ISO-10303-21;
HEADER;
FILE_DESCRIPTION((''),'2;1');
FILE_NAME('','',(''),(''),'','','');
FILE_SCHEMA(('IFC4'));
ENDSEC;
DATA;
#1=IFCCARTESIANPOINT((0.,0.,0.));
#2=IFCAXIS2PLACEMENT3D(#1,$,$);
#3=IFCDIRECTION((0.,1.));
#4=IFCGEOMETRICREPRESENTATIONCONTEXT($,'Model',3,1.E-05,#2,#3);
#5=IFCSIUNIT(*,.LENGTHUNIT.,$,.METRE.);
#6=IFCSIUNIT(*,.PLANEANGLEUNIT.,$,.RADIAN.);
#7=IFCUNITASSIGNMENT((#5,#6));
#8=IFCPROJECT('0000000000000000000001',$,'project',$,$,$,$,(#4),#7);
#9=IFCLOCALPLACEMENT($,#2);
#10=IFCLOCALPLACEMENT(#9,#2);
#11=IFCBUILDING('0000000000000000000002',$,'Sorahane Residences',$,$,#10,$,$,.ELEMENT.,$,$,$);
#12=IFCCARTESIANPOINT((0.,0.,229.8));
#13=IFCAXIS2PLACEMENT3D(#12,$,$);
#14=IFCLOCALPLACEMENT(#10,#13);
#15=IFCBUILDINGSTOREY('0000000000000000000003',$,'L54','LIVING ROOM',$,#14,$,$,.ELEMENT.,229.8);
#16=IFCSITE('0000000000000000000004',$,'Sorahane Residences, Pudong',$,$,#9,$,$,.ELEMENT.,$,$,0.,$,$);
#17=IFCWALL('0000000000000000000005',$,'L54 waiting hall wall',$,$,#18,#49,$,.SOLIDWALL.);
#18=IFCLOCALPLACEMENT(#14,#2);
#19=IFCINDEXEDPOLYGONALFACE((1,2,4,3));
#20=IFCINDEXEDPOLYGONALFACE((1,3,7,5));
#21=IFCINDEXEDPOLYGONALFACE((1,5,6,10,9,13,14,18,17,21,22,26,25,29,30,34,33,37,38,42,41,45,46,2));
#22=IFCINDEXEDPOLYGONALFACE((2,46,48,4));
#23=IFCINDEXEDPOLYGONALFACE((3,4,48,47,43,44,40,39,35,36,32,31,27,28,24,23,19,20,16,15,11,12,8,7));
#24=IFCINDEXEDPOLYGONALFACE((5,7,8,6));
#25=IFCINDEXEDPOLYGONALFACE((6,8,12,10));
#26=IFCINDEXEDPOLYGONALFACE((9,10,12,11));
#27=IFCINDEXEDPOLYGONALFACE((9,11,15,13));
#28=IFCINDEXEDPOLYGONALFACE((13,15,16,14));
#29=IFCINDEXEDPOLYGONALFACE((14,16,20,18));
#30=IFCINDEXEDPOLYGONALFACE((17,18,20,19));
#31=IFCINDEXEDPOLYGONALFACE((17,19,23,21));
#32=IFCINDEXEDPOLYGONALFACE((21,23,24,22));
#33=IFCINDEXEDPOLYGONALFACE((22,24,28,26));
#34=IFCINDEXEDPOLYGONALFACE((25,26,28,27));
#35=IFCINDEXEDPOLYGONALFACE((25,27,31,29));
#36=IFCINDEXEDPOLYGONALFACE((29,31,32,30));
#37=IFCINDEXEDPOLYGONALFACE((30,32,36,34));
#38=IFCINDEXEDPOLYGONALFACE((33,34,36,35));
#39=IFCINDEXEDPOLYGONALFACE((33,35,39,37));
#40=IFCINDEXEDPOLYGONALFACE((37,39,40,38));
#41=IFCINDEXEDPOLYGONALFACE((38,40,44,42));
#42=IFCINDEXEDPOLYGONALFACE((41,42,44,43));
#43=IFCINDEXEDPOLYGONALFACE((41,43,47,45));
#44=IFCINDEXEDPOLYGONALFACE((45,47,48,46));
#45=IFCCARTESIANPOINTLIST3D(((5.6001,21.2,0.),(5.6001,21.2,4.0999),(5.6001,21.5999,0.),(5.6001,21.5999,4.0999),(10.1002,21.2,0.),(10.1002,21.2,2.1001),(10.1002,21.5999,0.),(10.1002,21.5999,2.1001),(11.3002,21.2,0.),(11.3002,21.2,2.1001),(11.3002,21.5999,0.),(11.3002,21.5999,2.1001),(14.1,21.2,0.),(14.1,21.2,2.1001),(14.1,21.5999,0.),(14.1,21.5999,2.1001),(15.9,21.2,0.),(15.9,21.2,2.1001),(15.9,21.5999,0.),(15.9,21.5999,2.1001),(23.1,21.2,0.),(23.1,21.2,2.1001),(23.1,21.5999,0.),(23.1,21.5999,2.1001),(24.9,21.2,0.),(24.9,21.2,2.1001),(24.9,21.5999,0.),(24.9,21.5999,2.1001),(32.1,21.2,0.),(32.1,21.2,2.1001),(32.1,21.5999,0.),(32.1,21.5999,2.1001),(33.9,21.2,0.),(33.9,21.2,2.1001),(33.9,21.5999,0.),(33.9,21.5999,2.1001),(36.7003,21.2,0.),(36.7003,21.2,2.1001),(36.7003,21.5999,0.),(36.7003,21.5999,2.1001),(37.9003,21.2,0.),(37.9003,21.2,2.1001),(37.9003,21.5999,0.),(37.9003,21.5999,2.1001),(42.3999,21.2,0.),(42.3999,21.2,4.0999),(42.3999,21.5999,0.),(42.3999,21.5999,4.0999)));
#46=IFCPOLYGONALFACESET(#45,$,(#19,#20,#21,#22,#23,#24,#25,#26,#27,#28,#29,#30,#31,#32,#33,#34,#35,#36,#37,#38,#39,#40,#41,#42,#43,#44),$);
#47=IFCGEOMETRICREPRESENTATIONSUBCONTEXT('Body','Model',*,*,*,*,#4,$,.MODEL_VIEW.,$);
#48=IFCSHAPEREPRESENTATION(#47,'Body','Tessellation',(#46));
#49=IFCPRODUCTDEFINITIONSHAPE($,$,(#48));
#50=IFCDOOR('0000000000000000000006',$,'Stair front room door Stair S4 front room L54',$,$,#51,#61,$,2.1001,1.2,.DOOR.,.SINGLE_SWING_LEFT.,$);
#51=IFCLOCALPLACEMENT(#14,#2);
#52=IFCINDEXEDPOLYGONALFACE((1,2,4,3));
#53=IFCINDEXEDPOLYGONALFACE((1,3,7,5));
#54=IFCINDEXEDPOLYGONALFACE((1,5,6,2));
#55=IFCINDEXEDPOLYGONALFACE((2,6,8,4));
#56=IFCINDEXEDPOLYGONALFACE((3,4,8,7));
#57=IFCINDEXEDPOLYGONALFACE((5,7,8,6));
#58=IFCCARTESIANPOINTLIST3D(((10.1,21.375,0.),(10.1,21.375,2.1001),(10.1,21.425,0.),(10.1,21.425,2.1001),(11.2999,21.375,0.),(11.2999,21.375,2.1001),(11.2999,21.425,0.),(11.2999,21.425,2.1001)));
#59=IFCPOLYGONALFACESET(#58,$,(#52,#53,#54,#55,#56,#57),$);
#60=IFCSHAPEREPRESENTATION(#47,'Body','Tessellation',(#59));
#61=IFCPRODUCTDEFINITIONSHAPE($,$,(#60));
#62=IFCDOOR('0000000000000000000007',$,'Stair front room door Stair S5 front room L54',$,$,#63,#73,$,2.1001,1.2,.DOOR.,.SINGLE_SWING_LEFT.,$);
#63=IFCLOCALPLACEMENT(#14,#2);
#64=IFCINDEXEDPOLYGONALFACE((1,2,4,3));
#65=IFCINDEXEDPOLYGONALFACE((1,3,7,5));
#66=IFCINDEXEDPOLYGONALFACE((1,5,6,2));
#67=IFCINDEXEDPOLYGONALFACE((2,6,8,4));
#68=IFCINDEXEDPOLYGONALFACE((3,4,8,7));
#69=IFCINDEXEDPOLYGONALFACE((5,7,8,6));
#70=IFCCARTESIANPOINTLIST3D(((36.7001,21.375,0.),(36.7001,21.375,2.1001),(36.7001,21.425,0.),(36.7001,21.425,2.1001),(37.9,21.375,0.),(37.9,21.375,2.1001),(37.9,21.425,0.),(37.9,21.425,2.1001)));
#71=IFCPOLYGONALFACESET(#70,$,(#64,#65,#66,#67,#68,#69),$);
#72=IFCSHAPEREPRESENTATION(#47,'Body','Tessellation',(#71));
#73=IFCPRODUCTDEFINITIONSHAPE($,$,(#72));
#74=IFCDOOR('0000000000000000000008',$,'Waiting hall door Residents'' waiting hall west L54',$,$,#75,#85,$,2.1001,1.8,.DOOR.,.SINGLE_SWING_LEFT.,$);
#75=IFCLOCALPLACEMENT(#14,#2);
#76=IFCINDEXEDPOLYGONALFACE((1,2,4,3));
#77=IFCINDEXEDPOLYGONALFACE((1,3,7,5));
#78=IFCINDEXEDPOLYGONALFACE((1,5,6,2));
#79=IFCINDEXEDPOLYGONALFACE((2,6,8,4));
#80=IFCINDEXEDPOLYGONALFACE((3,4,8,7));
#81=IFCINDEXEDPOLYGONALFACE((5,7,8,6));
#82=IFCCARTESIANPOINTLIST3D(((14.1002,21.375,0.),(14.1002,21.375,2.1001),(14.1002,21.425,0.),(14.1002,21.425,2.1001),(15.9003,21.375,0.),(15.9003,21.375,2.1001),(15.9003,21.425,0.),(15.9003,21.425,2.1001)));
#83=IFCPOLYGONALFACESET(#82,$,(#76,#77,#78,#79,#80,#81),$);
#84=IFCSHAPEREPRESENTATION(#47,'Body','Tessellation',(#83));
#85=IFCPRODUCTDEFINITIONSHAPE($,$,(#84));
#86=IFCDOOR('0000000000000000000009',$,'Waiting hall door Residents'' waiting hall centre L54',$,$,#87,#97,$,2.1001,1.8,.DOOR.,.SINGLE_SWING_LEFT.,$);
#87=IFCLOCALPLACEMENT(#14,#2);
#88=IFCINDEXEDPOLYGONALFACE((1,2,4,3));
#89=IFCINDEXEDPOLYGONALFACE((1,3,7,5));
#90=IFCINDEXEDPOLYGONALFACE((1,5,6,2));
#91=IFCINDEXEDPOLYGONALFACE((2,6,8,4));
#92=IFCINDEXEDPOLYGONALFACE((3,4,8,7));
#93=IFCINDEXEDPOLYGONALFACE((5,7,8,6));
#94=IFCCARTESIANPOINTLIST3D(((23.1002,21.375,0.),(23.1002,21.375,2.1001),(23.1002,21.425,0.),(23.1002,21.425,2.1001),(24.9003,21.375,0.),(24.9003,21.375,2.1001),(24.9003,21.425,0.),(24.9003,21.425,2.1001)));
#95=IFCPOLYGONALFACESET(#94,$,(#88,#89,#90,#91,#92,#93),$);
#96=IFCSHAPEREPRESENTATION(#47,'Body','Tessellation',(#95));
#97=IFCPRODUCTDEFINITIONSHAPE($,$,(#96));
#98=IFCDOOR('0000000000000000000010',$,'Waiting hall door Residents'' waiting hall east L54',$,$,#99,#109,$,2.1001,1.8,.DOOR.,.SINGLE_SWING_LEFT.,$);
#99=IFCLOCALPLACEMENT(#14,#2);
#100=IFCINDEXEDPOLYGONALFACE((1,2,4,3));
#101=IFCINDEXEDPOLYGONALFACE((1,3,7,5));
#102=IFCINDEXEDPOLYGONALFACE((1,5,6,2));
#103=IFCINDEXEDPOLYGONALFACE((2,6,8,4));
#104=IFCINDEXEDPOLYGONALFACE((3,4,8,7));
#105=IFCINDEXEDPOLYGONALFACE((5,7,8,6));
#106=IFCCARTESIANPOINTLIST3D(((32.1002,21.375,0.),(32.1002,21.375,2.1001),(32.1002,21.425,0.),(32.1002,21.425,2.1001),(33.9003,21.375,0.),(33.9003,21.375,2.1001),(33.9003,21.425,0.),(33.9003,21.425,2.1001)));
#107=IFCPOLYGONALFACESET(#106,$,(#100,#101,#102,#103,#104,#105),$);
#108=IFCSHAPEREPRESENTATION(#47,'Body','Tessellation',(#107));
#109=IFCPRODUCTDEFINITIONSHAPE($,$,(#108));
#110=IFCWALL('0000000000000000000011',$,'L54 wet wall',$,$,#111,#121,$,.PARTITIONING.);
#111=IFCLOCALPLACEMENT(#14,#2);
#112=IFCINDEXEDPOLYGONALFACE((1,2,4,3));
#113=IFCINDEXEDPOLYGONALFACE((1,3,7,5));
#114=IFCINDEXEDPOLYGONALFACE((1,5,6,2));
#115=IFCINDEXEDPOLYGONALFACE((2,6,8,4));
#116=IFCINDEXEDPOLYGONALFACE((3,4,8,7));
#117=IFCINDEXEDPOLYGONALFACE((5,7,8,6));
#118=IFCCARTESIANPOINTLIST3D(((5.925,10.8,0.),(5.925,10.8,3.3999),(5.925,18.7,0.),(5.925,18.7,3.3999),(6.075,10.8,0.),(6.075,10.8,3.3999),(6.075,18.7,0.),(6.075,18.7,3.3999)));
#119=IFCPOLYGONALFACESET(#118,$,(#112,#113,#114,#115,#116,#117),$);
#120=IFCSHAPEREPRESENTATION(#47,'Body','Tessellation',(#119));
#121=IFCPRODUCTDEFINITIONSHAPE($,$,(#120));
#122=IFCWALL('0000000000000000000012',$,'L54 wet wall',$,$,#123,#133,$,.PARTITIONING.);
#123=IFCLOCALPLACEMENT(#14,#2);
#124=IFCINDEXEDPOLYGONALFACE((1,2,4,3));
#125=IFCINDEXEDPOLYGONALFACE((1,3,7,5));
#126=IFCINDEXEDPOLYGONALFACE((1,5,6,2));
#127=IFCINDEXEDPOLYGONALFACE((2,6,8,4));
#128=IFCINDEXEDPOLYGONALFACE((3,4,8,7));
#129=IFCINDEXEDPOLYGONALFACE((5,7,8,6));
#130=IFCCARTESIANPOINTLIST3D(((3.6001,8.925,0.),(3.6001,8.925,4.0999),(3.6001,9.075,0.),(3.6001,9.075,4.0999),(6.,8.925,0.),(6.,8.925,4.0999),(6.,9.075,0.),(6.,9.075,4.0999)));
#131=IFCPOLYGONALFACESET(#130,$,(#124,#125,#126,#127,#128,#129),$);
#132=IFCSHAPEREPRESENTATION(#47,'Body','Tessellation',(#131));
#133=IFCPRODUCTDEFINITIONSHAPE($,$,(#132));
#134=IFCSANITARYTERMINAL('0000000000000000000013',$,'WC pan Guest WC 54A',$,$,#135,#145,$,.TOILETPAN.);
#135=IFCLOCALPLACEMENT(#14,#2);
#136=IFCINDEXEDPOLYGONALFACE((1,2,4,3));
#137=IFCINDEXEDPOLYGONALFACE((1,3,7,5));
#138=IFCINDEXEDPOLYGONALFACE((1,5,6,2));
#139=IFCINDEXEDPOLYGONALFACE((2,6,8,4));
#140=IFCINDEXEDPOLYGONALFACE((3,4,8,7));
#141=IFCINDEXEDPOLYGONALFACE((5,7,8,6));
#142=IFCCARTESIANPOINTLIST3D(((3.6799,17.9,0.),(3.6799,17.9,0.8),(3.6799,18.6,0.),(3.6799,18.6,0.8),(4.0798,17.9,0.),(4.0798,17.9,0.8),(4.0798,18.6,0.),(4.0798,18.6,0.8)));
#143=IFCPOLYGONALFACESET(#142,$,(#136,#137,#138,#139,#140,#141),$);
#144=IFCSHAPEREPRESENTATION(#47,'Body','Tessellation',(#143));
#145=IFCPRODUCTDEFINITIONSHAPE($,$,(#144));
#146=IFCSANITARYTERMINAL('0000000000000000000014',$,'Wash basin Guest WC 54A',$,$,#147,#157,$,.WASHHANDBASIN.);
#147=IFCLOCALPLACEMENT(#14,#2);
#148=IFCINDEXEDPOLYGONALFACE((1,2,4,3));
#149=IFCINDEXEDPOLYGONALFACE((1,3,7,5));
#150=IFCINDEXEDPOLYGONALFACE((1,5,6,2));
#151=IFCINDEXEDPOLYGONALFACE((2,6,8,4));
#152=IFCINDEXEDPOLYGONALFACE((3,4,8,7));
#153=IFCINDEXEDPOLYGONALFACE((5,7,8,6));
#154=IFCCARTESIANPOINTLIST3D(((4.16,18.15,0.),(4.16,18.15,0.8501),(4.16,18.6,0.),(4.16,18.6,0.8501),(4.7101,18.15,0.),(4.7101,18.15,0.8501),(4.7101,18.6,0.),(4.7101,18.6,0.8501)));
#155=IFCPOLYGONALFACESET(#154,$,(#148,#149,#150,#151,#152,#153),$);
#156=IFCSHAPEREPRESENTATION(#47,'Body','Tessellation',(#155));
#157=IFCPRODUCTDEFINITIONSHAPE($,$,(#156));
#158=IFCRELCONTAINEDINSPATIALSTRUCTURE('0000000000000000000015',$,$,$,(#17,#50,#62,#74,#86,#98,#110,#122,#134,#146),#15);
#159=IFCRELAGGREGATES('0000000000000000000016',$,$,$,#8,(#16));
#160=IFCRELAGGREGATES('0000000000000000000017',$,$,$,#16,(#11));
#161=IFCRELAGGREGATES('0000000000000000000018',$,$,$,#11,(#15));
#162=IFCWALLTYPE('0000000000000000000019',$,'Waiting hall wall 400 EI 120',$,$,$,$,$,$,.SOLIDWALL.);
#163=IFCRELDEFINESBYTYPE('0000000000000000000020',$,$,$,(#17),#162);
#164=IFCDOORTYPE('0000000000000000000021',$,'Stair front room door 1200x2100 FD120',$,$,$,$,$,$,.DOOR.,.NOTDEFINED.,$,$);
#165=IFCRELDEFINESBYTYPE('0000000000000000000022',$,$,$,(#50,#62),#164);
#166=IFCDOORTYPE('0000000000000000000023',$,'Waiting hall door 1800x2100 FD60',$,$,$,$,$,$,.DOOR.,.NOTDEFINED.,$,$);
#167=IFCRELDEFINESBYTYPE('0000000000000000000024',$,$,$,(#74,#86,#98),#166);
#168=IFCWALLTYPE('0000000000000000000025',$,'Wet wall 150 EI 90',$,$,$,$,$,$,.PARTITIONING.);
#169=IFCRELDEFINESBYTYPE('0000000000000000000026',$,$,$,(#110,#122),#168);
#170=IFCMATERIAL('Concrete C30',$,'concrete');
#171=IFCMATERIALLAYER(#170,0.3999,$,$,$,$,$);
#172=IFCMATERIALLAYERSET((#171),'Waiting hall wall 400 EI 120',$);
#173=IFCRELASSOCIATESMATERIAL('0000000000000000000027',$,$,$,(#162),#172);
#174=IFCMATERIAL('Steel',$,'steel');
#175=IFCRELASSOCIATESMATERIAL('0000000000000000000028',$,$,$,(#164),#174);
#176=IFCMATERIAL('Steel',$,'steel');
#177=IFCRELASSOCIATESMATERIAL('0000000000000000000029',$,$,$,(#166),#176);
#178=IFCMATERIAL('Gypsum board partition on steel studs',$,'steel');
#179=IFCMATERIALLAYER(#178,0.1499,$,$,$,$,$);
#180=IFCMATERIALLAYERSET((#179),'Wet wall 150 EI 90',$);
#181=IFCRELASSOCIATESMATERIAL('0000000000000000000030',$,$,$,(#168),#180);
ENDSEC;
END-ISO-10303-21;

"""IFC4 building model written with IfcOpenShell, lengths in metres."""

from ifc_helpers import new_model, si_unit, direction, frame, frame_2d, origin, origin_2d, place, context, subcontext, project, spatial, rectangle, extrude, material, layer, layer_set, type_object, element, fill, save


model = new_model("IFC4")

# Units and contexts
model_context = context("Model", 3, precision=1e-05, world=origin(), true_north=direction((0.0, 1.0)))
body_context = subcontext(model_context, "Body", "Model", "MODEL_VIEW")
ifc_project = project(units=[si_unit("LENGTHUNIT", "METRE"), si_unit("PLANEANGLEUNIT", "RADIAN")], contexts=[model_context])

# Site, building, storey
site_placement = place(None, origin())
site = spatial("IfcSite", under=ifc_project, at=site_placement, Name="Sorahane Residences, Pudong", CompositionType="ELEMENT", RefElevation=0.0)
building_placement = place(site_placement, origin())
building = spatial("IfcBuilding", under=site, at=building_placement, Name="Sorahane Residences", CompositionType="ELEMENT")
storey_placement = place(building_placement, frame((0.0, 0.0, 229.8)))
storey = spatial("IfcBuildingStorey", under=building, at=storey_placement, Name="L54", Description="LIVING ROOM", CompositionType="ELEMENT", Elevation=229.8)

# Wall, openings, doors
ifc_material_1 = material(Name="Concrete C30", Category="concrete")
ifc_layer_1 = layer(ifc_material_1, 0.3999)
ifc_layer_set_1 = layer_set([ifc_layer_1], Name="Waiting hall wall 400 EI 120")
wall_type_1 = type_object("IfcWallType", Name="Waiting hall wall 400 EI 120", PredefinedType="SOLIDWALL", material=ifc_layer_set_1)
wall_1_placement = place(storey_placement, frame((5.6001, 21.3999, 0.0), z_axis=(0.0, 0.0, 1.0), x_axis=(1.0, 0.0, 0.0)))
wall_1 = element("IfcWall", 1, at=wall_1_placement, inside=storey, type_object=wall_type_1, Name="L54 waiting hall wall", PredefinedType="SOLIDWALL", context=body_context, shape_type="SweptSolid", body=[
    extrude(rectangle(XDim=36.7998, YDim=0.3999, at=frame_2d((18.3999, 0.0))), origin(), (0.0, 0.0, 1.0), 4.0999),
])
opening_1_placement = place(wall_1_placement, frame((8.5, 0.0, 0.0)))
opening_1 = element("IfcOpeningElement", 2, at=opening_1_placement, cuts=wall_1, PredefinedType="OPENING", context=body_context, shape_type="SweptSolid", body=[
    extrude(rectangle(XDim=1.8, YDim=2.1001, at=frame_2d((0.8999, 1.05))), frame((0.0, 0.21, 0.0), z_axis=(0.0, -1.0, 0.0), x_axis=(1.0, 0.0, 0.0)), (0.0, 0.0, 1.0), 0.4199),
])
opening_2_placement = place(wall_1_placement, frame((17.5, 0.0, 0.0)))
opening_2 = element("IfcOpeningElement", 3, at=opening_2_placement, cuts=wall_1, PredefinedType="OPENING", context=body_context, shape_type="SweptSolid", body=[
    extrude(rectangle(XDim=1.8, YDim=2.1001, at=frame_2d((0.8999, 1.05))), frame((0.0, 0.21, 0.0), z_axis=(0.0, -1.0, 0.0), x_axis=(1.0, 0.0, 0.0)), (0.0, 0.0, 1.0), 0.4199),
])
opening_3_placement = place(wall_1_placement, frame((26.5, 0.0, 0.0)))
opening_3 = element("IfcOpeningElement", 4, at=opening_3_placement, cuts=wall_1, PredefinedType="OPENING", context=body_context, shape_type="SweptSolid", body=[
    extrude(rectangle(XDim=1.8, YDim=2.1001, at=frame_2d((0.8999, 1.05))), frame((0.0, 0.21, 0.0), z_axis=(0.0, -1.0, 0.0), x_axis=(1.0, 0.0, 0.0)), (0.0, 0.0, 1.0), 0.4199),
])
opening_4_placement = place(wall_1_placement, frame((4.5, 0.0, 0.0)))
opening_4 = element("IfcOpeningElement", 5, at=opening_4_placement, cuts=wall_1, PredefinedType="OPENING", context=body_context, shape_type="SweptSolid", body=[
    extrude(rectangle(XDim=1.2, YDim=2.1001, at=frame_2d((0.6001, 1.05))), frame((0.0, 0.21, 0.0), z_axis=(0.0, -1.0, 0.0), x_axis=(1.0, 0.0, 0.0)), (0.0, 0.0, 1.0), 0.4199),
])
opening_5_placement = place(wall_1_placement, frame((31.1001, 0.0, 0.0)))
opening_5 = element("IfcOpeningElement", 6, at=opening_5_placement, cuts=wall_1, PredefinedType="OPENING", context=body_context, shape_type="SweptSolid", body=[
    extrude(rectangle(XDim=1.2, YDim=2.1001, at=frame_2d((0.6001, 1.05))), frame((0.0, 0.21, 0.0), z_axis=(0.0, -1.0, 0.0), x_axis=(1.0, 0.0, 0.0)), (0.0, 0.0, 1.0), 0.4199),
])
ifc_material_2 = material(Name="Steel", Category="steel")
door_type_1 = type_object("IfcDoorType", Name="Stair front room door 1200x2100 FD120", OperationType="NOTDEFINED", PredefinedType="DOOR", material=ifc_material_2)
door_1_placement = place(opening_4_placement, frame((1.2, 0.0, 0.0), z_axis=(0.0, 0.0, 1.0), x_axis=(-1.0, 0.0, 0.0)))
door_1 = element("IfcDoor", 7, at=door_1_placement, inside=storey, type_object=door_type_1, Name="Stair front room door Stair S4 front room L54", OperationType="SINGLE_SWING_LEFT", OverallHeight=2.1001, OverallWidth=1.2, PredefinedType="DOOR", context=body_context, shape_type="SweptSolid", body=[
    extrude(rectangle(XDim=1.2, YDim=2.1001, at=frame_2d((0.6001, 1.05))), frame((0.0, 0.0249, 0.0), z_axis=(0.0, -1.0, 0.0), x_axis=(1.0, 0.0, 0.0)), (0.0, 0.0, 1.0), 0.05),
])
fill(opening_4, door_1)
door_2_placement = place(opening_5_placement, frame((1.2, 0.0, 0.0), z_axis=(0.0, 0.0, 1.0), x_axis=(-1.0, 0.0, 0.0)))
door_2 = element("IfcDoor", 8, at=door_2_placement, inside=storey, type_object=door_type_1, Name="Stair front room door Stair S5 front room L54", OperationType="SINGLE_SWING_LEFT", OverallHeight=2.1001, OverallWidth=1.2, PredefinedType="DOOR", context=body_context, shape_type="SweptSolid", body=[
    extrude(rectangle(XDim=1.2, YDim=2.1001, at=frame_2d((0.6001, 1.05))), frame((0.0, 0.0249, 0.0), z_axis=(0.0, -1.0, 0.0), x_axis=(1.0, 0.0, 0.0)), (0.0, 0.0, 1.0), 0.05),
])
fill(opening_5, door_2)
ifc_material_3 = material(Name="Steel", Category="steel")
door_type_2 = type_object("IfcDoorType", Name="Waiting hall door 1800x2100 FD60", OperationType="NOTDEFINED", PredefinedType="DOOR", material=ifc_material_3)
door_3_placement = place(opening_1_placement, frame((1.8, 0.0, 0.0), z_axis=(0.0, 0.0, 1.0), x_axis=(-1.0, 0.0, 0.0)))
door_3 = element("IfcDoor", 9, at=door_3_placement, inside=storey, type_object=door_type_2, Name="Waiting hall door Residents' waiting hall west L54", OperationType="SINGLE_SWING_LEFT", OverallHeight=2.1001, OverallWidth=1.8, PredefinedType="DOOR", context=body_context, shape_type="SweptSolid", body=[
    extrude(rectangle(XDim=1.8, YDim=2.1001, at=frame_2d((0.8999, 1.05))), frame((0.0, 0.0249, 0.0), z_axis=(0.0, -1.0, 0.0), x_axis=(1.0, 0.0, 0.0)), (0.0, 0.0, 1.0), 0.05),
])
fill(opening_1, door_3)
door_4_placement = place(opening_2_placement, frame((1.8, 0.0, 0.0), z_axis=(0.0, 0.0, 1.0), x_axis=(-1.0, 0.0, 0.0)))
door_4 = element("IfcDoor", 10, at=door_4_placement, inside=storey, type_object=door_type_2, Name="Waiting hall door Residents' waiting hall centre L54", OperationType="SINGLE_SWING_LEFT", OverallHeight=2.1001, OverallWidth=1.8, PredefinedType="DOOR", context=body_context, shape_type="SweptSolid", body=[
    extrude(rectangle(XDim=1.8, YDim=2.1001, at=frame_2d((0.8999, 1.05))), frame((0.0, 0.0249, 0.0), z_axis=(0.0, -1.0, 0.0), x_axis=(1.0, 0.0, 0.0)), (0.0, 0.0, 1.0), 0.05),
])
fill(opening_2, door_4)
door_5_placement = place(opening_3_placement, frame((1.8, 0.0, 0.0), z_axis=(0.0, 0.0, 1.0), x_axis=(-1.0, 0.0, 0.0)))
door_5 = element("IfcDoor", 11, at=door_5_placement, inside=storey, type_object=door_type_2, Name="Waiting hall door Residents' waiting hall east L54", OperationType="SINGLE_SWING_LEFT", OverallHeight=2.1001, OverallWidth=1.8, PredefinedType="DOOR", context=body_context, shape_type="SweptSolid", body=[
    extrude(rectangle(XDim=1.8, YDim=2.1001, at=frame_2d((0.8999, 1.05))), frame((0.0, 0.0249, 0.0), z_axis=(0.0, -1.0, 0.0), x_axis=(1.0, 0.0, 0.0)), (0.0, 0.0, 1.0), 0.05),
])
fill(opening_3, door_5)

# Wall
ifc_material_4 = material(Name="Gypsum board partition on steel studs", Category="steel")
ifc_layer_2 = layer(ifc_material_4, 0.1499)
ifc_layer_set_2 = layer_set([ifc_layer_2], Name="Wet wall 150 EI 90")
wall_type_2 = type_object("IfcWallType", Name="Wet wall 150 EI 90", PredefinedType="PARTITIONING", material=ifc_layer_set_2)
wall_2_placement = place(storey_placement, frame((6.0, 10.8, 0.0), z_axis=(0.0, 0.0, 1.0), x_axis=(0.0, 1.0, 0.0)))
element("IfcWall", 12, at=wall_2_placement, inside=storey, type_object=wall_type_2, Name="L54 wet wall", PredefinedType="PARTITIONING", context=body_context, shape_type="SweptSolid", body=[
    extrude(rectangle(XDim=7.8999, YDim=0.1499, at=frame_2d((3.95, 0.0))), origin(), (0.0, 0.0, 1.0), 3.3999),
])

# Wall
wall_3_placement = place(storey_placement, frame((3.6001, 9.0, 0.0), z_axis=(0.0, 0.0, 1.0), x_axis=(1.0, 0.0, 0.0)))
element("IfcWall", 13, at=wall_3_placement, inside=storey, type_object=wall_type_2, Name="L54 wet wall", PredefinedType="PARTITIONING", context=body_context, shape_type="SweptSolid", body=[
    extrude(rectangle(XDim=2.3999, YDim=0.1499, at=frame_2d((1.2, 0.0))), origin(), (0.0, 0.0, 1.0), 4.0999),
])

# Sanitary terminals
sanitary_terminal_1_placement = place(storey_placement, frame((3.8799, 18.25, 0.0), z_axis=(0.0, 0.0, 1.0), x_axis=(1.0, 0.0, 0.0)))
element("IfcSanitaryTerminal", 14, at=sanitary_terminal_1_placement, inside=storey, Name="WC pan Guest WC 54A", PredefinedType="TOILETPAN", context=body_context, shape_type="SweptSolid", body=[
    extrude(rectangle(XDim=0.3999, YDim=0.7, at=origin_2d()), origin(), (0.0, 0.0, 1.0), 0.8),
])
sanitary_terminal_2_placement = place(storey_placement, frame((4.4351, 18.375, 0.0), z_axis=(0.0, 0.0, 1.0), x_axis=(1.0, 0.0, 0.0)))
element("IfcSanitaryTerminal", 15, at=sanitary_terminal_2_placement, inside=storey, Name="Wash basin Guest WC 54A", PredefinedType="WASHHANDBASIN", context=body_context, shape_type="SweptSolid", body=[
    extrude(rectangle(XDim=0.55, YDim=0.45, at=origin_2d()), origin(), (0.0, 0.0, 1.0), 0.8501),
])

save(model, "model.ifc")
